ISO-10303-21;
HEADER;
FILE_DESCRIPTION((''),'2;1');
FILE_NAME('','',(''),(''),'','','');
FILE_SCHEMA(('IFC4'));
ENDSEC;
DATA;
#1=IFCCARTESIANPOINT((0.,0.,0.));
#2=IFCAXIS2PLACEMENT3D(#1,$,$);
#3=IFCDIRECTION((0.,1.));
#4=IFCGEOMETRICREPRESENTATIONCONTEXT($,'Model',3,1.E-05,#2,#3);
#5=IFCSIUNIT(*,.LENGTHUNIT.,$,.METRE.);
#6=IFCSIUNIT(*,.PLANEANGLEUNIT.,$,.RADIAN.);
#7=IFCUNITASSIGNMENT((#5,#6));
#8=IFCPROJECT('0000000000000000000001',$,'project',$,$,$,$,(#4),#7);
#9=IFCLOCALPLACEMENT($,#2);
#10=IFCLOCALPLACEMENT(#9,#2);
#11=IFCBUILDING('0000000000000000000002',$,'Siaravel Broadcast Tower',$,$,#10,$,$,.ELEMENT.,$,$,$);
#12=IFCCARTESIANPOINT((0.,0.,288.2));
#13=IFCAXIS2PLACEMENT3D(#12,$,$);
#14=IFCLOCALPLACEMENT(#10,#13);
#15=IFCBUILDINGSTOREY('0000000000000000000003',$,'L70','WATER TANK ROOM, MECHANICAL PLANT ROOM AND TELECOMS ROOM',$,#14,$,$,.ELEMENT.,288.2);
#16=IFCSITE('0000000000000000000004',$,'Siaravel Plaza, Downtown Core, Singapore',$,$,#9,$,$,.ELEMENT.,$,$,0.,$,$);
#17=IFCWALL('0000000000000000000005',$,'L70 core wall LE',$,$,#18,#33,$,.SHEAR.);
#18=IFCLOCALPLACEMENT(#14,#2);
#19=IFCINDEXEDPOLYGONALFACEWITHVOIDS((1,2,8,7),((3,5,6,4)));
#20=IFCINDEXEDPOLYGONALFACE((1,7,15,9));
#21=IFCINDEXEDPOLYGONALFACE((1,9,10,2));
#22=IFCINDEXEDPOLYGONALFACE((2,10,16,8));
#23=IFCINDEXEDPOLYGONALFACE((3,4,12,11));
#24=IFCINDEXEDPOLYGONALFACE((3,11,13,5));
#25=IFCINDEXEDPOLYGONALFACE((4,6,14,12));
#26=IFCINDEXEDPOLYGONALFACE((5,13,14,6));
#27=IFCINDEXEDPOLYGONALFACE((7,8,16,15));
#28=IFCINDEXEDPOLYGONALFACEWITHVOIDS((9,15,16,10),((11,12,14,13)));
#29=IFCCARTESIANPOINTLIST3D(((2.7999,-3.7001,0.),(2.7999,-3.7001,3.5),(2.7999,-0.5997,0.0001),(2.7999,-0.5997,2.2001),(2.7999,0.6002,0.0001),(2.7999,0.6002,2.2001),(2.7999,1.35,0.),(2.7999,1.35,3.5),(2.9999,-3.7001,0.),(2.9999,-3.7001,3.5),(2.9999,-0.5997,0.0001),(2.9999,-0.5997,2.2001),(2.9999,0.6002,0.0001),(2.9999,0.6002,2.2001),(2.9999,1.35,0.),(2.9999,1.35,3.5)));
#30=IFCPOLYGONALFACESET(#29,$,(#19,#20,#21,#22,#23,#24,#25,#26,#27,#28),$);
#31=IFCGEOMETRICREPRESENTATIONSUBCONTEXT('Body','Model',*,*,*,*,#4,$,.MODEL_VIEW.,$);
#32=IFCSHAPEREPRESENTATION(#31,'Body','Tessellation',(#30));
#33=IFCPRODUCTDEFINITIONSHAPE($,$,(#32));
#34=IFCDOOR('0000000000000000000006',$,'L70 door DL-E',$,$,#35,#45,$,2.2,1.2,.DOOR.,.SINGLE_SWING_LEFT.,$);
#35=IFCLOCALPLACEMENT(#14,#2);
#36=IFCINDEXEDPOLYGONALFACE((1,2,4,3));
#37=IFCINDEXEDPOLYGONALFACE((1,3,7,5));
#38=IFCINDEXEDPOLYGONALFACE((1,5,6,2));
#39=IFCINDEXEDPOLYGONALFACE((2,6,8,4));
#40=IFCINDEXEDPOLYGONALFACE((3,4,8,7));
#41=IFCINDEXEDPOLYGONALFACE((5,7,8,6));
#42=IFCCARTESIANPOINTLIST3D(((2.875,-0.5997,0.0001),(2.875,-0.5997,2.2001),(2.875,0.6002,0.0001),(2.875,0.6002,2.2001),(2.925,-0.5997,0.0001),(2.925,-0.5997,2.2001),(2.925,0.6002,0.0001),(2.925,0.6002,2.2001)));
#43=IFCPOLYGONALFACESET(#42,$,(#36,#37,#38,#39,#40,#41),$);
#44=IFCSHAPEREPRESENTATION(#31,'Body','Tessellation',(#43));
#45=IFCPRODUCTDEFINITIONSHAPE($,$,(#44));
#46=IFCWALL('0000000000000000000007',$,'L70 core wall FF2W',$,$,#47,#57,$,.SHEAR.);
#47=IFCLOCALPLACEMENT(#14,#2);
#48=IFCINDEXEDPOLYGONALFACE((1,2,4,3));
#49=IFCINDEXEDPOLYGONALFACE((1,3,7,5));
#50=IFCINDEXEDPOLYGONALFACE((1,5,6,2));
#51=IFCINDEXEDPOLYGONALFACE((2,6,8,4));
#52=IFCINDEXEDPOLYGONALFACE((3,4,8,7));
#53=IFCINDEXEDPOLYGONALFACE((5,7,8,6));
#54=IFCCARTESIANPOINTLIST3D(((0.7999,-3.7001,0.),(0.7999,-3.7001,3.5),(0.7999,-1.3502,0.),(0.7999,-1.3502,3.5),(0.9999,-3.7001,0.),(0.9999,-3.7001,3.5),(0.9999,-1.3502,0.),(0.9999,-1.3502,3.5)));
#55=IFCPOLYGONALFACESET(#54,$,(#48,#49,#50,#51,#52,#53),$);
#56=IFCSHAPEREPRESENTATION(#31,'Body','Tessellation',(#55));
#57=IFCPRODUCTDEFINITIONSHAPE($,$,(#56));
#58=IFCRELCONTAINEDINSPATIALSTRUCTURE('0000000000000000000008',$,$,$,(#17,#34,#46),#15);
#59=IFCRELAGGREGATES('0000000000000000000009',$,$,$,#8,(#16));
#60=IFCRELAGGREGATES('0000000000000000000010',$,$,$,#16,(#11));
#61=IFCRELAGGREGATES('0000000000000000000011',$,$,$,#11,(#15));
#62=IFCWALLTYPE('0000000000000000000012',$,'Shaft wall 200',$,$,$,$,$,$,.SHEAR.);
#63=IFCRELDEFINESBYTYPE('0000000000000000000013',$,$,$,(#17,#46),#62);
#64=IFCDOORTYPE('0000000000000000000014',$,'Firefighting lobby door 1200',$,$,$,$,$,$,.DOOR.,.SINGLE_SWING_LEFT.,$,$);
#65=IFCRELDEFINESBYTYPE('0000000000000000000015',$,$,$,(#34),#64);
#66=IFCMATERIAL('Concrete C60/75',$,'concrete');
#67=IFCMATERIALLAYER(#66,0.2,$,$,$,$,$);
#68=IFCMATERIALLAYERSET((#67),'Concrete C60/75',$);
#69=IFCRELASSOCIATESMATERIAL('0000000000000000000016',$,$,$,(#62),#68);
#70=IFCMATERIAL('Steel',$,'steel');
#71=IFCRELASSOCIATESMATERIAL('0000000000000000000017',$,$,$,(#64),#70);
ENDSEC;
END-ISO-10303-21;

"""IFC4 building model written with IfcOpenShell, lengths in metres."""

from ifc_helpers import new_model, si_unit, direction, frame, frame_2d, origin, place, context, subcontext, project, spatial, rectangle, extrude, material, layer, layer_set, type_object, element, fill, save


model = new_model("IFC4")

# Units and contexts
model_context = context("Model", 3, precision=1e-05, world=origin(), true_north=direction((0.0, 1.0)))
body_context = subcontext(model_context, "Body", "Model", "MODEL_VIEW")
ifc_project = project(units=[si_unit("LENGTHUNIT", "METRE"), si_unit("PLANEANGLEUNIT", "RADIAN")], contexts=[model_context])

# Site, building, storey
site_placement = place(None, origin())
site = spatial("IfcSite", under=ifc_project, at=site_placement, Name="Siaravel Plaza, Downtown Core, Singapore", CompositionType="ELEMENT", RefElevation=0.0)
building_placement = place(site_placement, origin())
building = spatial("IfcBuilding", under=site, at=building_placement, Name="Siaravel Broadcast Tower", CompositionType="ELEMENT")
storey_placement = place(building_placement, frame((0.0, 0.0, 288.2)))
storey = spatial("IfcBuildingStorey", under=building, at=storey_placement, Name="L70", Description="WATER TANK ROOM, MECHANICAL PLANT ROOM AND TELECOMS ROOM", CompositionType="ELEMENT", Elevation=288.2)

# Wall, opening, door
ifc_material_1 = material(Name="Concrete C60/75", Category="concrete")
ifc_layer_1 = layer(ifc_material_1, 0.2)
ifc_layer_set_1 = layer_set([ifc_layer_1], Name="Concrete C60/75")
wall_type_1 = type_object("IfcWallType", Name="Shaft wall 200", PredefinedType="SHEAR", material=ifc_layer_set_1)
wall_1_placement = place(storey_placement, frame((2.8999, -3.7, 0.0), z_axis=(0.0, 0.0, 1.0), x_axis=(0.0, 1.0, 0.0)))
wall_1 = element("IfcWall", 1, at=wall_1_placement, inside=storey, type_object=wall_type_1, Name="L70 core wall LE", PredefinedType="SHEAR", context=body_context, shape_type="SweptSolid", body=[
    extrude(rectangle(XDim=5.05, YDim=0.2, at=frame_2d((2.5249, 0.0))), origin(), (0.0, 0.0, 1.0), 3.5),
])
opening_1_placement = place(wall_1_placement, frame((3.1001, 0.0, 0.0)))
opening_1 = element("IfcOpeningElement", 2, at=opening_1_placement, cuts=wall_1, PredefinedType="OPENING", context=body_context, shape_type="SweptSolid", body=[
    extrude(rectangle(XDim=1.2, YDim=2.2, at=frame_2d((0.6001, 1.1001))), frame((0.0, 0.1099, 0.0), z_axis=(0.0, -1.0, 0.0), x_axis=(1.0, 0.0, 0.0)), (0.0, 0.0, 1.0), 0.22),
])
ifc_material_2 = material(Name="Steel", Category="steel")
door_type_1 = type_object("IfcDoorType", Name="Firefighting lobby door 1200", OperationType="SINGLE_SWING_LEFT", PredefinedType="DOOR", material=ifc_material_2)
door_1_placement = place(opening_1_placement, origin())
door_1 = element("IfcDoor", 3, at=door_1_placement, inside=storey, type_object=door_type_1, Name="L70 door DL-E", OperationType="SINGLE_SWING_LEFT", OverallHeight=2.2, OverallWidth=1.2, PredefinedType="DOOR", context=body_context, shape_type="SweptSolid", body=[
    extrude(rectangle(XDim=1.2, YDim=2.2, at=frame_2d((0.6001, 1.1001))), frame((0.0, 0.0249, 0.0), z_axis=(0.0, -1.0, 0.0), x_axis=(1.0, 0.0, 0.0)), (0.0, 0.0, 1.0), 0.05),
])
fill(opening_1, door_1)

# Wall
wall_2_placement = place(storey_placement, frame((0.8999, -3.7, 0.0), z_axis=(0.0, 0.0, 1.0), x_axis=(0.0, 1.0, 0.0)))
element("IfcWall", 4, at=wall_2_placement, inside=storey, type_object=wall_type_1, Name="L70 core wall FF2W", PredefinedType="SHEAR", context=body_context, shape_type="SweptSolid", body=[
    extrude(rectangle(XDim=2.3499, YDim=0.2, at=frame_2d((1.1748, 0.0))), origin(), (0.0, 0.0, 1.0), 3.5),
])

save(model, "model.ifc")
